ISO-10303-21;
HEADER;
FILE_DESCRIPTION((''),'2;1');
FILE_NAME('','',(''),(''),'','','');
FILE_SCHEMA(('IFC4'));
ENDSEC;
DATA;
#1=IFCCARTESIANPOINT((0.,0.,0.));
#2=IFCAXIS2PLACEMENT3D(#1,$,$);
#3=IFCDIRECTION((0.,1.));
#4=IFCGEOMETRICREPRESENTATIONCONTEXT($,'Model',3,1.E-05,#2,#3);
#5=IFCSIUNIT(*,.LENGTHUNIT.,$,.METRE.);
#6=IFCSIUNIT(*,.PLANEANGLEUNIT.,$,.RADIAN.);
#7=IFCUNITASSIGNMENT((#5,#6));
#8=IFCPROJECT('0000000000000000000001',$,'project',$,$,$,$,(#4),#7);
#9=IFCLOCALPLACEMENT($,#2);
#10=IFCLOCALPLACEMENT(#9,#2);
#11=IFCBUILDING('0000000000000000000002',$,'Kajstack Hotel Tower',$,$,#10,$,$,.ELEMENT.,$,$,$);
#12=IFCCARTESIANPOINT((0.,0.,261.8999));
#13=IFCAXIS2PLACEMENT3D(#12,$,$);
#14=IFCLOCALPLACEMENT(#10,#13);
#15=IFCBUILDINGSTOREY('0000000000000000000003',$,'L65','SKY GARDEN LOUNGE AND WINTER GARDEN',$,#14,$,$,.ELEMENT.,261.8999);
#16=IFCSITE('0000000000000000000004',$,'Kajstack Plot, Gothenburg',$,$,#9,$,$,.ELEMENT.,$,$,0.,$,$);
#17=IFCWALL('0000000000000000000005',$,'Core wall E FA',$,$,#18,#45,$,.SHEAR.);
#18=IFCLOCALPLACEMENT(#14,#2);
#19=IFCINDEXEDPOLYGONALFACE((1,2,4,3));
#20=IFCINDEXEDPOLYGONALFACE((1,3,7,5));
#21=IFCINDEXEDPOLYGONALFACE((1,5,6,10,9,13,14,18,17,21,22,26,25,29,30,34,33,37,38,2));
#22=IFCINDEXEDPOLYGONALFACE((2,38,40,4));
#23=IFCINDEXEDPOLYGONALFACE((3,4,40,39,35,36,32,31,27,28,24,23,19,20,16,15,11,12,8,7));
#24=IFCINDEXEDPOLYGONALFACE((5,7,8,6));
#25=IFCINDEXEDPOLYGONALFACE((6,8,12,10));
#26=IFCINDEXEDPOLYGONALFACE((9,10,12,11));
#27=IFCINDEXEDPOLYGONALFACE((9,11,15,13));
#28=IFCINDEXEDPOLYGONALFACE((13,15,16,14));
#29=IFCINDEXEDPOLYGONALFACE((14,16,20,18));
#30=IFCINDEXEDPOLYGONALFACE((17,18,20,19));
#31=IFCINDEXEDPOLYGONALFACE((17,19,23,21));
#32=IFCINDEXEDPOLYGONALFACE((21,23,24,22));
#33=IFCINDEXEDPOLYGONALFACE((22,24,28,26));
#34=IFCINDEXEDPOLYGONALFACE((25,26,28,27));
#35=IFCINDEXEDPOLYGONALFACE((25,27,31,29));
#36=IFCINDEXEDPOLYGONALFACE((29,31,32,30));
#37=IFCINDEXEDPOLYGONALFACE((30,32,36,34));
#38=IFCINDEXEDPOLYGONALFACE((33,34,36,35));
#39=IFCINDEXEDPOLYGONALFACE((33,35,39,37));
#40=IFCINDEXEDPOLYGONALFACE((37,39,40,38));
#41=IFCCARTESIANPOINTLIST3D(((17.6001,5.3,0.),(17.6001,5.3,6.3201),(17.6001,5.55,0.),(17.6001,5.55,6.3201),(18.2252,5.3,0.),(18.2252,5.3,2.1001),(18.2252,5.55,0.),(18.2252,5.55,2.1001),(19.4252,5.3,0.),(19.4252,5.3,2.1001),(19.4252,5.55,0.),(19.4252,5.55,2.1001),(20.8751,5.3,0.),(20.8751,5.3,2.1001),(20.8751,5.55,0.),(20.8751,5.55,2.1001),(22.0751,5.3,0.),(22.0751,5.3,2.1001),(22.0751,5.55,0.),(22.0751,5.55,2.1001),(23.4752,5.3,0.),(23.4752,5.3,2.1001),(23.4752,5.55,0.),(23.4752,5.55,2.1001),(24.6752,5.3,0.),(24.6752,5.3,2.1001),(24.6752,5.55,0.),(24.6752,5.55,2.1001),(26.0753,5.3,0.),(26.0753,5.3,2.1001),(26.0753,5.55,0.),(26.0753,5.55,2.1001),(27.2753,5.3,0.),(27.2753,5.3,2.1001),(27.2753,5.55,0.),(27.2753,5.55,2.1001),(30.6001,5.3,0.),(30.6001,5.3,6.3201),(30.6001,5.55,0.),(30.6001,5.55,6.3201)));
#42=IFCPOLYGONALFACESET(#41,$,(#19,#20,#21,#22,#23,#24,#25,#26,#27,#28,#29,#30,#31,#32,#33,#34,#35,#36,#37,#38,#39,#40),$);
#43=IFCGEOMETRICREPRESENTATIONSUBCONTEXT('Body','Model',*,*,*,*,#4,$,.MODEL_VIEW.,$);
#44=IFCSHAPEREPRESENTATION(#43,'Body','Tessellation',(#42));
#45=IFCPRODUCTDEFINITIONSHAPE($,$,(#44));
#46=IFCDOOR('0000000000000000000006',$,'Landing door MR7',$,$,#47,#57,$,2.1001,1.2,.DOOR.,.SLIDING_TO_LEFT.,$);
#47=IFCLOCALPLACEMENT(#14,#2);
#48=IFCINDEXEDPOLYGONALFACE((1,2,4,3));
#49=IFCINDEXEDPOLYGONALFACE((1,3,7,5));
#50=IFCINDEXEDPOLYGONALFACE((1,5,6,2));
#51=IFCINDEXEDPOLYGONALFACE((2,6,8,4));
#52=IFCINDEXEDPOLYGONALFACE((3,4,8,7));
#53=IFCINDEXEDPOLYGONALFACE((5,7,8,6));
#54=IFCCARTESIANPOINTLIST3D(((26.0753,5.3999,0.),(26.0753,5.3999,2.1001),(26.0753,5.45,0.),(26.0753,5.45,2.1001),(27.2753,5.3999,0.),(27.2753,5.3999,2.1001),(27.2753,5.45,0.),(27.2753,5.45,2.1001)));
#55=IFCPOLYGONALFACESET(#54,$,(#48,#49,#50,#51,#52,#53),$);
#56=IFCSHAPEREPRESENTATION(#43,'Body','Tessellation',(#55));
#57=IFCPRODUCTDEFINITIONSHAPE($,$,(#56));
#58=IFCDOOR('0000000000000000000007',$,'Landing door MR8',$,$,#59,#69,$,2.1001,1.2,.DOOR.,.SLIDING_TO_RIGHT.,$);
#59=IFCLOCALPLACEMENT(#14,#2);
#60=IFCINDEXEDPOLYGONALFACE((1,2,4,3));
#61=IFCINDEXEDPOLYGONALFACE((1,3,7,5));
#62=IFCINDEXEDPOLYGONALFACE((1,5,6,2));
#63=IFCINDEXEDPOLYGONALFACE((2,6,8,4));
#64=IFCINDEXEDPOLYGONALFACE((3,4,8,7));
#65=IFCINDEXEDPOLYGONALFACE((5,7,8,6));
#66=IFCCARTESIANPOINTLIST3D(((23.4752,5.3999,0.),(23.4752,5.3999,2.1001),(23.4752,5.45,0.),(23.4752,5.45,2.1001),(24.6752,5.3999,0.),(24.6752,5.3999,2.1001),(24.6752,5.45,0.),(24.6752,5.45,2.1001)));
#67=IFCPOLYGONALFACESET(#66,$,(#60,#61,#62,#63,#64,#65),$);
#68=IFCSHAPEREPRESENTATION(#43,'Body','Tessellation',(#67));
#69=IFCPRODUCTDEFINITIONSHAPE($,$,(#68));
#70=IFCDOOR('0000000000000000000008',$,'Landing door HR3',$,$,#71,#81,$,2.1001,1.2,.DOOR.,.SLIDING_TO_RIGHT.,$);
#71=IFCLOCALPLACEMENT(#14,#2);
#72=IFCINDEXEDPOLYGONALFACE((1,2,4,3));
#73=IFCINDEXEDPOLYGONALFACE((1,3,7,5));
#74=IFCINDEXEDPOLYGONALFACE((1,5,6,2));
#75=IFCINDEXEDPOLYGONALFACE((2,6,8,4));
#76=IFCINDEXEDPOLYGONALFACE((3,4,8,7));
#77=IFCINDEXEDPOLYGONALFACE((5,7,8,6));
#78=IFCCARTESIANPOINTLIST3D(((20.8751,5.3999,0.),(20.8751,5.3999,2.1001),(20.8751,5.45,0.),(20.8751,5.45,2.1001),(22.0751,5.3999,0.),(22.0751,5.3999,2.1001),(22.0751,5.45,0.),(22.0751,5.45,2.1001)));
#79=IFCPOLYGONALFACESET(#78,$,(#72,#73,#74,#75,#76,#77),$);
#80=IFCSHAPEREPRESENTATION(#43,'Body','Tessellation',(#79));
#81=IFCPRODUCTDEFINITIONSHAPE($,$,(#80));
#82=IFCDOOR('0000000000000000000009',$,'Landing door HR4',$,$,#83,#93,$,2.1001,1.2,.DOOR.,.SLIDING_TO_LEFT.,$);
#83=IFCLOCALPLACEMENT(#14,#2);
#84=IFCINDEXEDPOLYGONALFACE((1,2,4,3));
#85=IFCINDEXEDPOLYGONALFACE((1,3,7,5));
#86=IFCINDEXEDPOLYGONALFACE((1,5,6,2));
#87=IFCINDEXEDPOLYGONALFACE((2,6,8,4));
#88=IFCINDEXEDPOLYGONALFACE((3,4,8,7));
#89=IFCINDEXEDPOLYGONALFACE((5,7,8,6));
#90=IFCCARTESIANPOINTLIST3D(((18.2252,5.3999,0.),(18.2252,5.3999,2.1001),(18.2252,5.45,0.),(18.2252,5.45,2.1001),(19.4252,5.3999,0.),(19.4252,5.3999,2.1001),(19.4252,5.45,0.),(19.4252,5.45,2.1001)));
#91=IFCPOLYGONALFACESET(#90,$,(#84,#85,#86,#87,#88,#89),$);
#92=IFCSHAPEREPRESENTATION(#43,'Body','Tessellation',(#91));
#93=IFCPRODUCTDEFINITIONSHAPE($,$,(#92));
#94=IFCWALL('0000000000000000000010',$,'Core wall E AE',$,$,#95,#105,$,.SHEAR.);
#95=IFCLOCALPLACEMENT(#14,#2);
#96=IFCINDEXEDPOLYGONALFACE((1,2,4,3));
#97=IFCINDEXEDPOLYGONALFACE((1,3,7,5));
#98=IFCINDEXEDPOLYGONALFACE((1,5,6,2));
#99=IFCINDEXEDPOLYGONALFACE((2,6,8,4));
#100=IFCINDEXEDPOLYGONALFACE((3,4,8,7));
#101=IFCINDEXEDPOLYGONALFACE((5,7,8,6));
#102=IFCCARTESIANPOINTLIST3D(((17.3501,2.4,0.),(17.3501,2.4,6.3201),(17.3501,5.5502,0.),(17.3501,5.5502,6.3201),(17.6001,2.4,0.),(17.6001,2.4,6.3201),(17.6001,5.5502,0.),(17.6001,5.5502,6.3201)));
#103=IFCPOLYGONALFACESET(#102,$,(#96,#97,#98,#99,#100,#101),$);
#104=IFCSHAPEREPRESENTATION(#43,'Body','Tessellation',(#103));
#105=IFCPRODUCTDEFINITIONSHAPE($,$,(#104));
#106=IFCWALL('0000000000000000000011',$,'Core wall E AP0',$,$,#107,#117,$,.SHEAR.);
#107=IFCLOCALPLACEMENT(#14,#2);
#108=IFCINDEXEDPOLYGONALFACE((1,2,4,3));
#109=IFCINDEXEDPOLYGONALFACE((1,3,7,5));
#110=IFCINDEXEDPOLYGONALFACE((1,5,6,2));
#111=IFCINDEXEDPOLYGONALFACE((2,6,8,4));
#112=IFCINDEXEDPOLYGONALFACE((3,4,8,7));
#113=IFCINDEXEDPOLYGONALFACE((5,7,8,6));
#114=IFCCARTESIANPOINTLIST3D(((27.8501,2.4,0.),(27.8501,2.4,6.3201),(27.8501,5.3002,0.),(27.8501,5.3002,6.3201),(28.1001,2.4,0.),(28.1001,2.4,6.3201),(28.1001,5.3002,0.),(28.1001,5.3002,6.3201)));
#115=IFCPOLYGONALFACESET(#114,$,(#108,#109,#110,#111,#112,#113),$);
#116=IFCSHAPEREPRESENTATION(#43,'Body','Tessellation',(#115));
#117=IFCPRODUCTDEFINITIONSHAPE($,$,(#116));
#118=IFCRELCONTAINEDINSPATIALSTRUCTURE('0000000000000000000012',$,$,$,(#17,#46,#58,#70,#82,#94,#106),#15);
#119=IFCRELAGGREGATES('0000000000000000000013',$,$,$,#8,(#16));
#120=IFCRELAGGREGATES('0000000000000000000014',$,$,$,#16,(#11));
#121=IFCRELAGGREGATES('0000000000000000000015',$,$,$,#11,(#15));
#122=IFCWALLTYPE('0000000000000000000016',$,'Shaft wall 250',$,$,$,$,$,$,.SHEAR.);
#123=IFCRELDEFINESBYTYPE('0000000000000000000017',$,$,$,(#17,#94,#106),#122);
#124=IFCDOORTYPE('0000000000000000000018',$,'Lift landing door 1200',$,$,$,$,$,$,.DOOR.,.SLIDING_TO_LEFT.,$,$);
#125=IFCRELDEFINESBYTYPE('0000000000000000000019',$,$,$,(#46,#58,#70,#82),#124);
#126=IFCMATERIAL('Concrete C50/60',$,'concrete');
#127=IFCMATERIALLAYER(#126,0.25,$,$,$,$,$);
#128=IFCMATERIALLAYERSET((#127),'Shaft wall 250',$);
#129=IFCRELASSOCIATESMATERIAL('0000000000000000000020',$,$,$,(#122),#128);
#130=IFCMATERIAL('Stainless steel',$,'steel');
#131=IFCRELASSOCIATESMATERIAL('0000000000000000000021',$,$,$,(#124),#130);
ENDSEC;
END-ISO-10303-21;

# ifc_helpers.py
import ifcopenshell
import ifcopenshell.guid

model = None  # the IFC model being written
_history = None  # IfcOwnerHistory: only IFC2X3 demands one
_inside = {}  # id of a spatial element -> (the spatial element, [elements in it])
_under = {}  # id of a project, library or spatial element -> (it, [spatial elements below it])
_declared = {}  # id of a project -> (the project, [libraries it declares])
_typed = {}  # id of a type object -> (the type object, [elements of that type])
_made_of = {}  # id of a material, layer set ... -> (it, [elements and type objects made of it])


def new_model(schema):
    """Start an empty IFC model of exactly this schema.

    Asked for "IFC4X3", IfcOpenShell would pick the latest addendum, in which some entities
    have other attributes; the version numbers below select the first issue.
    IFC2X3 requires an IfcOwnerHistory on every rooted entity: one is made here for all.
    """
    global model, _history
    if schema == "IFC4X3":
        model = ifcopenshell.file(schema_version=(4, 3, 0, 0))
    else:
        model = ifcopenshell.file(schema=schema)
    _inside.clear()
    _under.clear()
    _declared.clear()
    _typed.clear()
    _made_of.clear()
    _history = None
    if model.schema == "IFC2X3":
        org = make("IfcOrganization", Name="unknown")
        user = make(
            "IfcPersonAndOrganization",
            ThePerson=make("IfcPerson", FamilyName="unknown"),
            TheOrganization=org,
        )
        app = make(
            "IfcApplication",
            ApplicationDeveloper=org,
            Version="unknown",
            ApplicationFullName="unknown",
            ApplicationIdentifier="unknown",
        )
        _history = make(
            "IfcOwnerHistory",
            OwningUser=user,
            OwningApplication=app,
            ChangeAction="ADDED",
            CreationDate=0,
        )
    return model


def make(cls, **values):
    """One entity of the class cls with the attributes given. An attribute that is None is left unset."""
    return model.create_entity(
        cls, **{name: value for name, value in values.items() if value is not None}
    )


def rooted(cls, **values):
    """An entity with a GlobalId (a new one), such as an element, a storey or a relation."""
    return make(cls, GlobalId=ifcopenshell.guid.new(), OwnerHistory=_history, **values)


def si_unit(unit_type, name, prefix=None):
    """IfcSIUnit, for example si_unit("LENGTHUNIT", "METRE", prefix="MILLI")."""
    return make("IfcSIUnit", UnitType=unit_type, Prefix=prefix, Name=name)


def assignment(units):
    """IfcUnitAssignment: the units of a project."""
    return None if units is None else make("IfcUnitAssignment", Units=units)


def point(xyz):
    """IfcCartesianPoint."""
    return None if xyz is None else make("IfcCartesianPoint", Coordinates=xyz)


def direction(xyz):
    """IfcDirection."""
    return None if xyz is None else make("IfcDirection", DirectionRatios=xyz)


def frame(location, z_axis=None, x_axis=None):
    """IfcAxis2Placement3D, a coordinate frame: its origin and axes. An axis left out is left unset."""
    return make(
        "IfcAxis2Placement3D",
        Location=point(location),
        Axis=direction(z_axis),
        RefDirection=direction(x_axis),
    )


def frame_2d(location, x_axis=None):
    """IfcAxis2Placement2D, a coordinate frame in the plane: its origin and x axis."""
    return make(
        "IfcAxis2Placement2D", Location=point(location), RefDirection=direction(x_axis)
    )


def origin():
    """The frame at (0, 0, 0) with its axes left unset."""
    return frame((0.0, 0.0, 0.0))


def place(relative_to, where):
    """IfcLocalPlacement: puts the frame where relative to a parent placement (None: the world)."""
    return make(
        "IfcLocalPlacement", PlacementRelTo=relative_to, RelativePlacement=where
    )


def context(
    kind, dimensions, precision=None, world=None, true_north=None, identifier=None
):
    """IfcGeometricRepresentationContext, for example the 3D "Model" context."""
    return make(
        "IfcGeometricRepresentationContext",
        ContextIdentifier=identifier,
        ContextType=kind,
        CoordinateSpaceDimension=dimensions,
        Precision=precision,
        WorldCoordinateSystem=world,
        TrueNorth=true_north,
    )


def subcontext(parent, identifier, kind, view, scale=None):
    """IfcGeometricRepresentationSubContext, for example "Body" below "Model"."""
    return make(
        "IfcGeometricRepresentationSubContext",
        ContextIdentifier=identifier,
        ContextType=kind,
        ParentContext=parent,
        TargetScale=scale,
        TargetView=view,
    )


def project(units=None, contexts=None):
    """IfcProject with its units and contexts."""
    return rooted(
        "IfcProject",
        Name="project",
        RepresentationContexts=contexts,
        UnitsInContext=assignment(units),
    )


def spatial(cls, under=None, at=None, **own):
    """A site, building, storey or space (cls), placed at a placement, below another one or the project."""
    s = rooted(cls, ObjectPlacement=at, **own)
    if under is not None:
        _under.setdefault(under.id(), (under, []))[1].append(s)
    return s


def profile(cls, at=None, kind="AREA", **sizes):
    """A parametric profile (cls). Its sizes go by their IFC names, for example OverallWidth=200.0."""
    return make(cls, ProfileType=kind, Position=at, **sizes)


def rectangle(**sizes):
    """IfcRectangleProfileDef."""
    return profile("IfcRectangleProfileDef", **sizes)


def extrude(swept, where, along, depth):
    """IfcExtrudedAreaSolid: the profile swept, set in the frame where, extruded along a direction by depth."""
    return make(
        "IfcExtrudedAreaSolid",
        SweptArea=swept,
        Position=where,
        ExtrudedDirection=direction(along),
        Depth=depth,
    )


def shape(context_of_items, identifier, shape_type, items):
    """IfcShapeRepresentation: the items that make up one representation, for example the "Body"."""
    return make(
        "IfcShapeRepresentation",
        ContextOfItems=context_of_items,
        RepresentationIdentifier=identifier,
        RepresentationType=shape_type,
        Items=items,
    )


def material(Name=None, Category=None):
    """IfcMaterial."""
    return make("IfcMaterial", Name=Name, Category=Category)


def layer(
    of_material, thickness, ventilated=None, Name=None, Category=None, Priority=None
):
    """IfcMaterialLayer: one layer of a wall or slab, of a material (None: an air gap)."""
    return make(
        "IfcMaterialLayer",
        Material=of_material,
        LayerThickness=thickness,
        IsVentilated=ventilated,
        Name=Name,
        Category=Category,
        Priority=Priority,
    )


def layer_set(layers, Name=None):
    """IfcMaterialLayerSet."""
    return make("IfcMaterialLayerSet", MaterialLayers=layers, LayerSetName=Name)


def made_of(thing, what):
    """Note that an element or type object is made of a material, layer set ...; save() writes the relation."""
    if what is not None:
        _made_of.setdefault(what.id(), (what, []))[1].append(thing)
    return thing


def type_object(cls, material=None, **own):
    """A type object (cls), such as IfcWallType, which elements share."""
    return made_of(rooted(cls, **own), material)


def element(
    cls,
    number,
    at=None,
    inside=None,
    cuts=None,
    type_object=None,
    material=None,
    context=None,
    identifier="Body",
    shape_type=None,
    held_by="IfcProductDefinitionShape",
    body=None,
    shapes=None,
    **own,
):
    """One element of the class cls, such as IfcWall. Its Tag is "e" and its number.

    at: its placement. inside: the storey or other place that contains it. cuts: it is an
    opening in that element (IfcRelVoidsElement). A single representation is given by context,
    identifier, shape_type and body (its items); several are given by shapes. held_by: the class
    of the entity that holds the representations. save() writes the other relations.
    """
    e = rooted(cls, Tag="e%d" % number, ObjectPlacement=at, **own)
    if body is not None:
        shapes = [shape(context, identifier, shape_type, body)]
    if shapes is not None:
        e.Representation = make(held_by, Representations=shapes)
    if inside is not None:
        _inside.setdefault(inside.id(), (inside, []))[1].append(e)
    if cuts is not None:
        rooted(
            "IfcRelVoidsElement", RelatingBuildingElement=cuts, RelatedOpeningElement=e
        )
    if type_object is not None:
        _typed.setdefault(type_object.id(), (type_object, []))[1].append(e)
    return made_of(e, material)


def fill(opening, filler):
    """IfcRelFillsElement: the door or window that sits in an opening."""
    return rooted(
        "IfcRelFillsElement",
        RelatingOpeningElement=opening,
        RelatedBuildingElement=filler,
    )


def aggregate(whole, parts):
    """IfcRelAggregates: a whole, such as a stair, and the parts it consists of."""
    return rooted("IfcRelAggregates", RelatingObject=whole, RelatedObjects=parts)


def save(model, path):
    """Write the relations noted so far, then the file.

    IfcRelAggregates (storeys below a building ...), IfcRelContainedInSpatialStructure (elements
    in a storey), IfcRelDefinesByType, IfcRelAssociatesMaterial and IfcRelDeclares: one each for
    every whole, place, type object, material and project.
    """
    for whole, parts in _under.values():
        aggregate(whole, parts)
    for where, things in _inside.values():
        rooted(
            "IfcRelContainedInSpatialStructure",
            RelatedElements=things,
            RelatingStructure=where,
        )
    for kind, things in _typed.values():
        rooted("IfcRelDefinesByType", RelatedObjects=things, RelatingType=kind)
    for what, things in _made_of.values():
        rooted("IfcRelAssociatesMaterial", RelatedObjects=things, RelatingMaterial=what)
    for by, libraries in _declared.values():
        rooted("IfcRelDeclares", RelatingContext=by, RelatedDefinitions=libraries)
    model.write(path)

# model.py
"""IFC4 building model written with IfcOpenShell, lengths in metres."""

from ifc_helpers import new_model, si_unit, direction, frame, frame_2d, origin, place, context, subcontext, project, spatial, rectangle, extrude, material, layer, layer_set, type_object, element, fill, save


model = new_model("IFC4")

# Units and contexts
model_context = context("Model", 3, precision=1e-05, world=origin(), true_north=direction((0.0, 1.0)))
body_context = subcontext(model_context, "Body", "Model", "MODEL_VIEW")
ifc_project = project(units=[si_unit("LENGTHUNIT", "METRE"), si_unit("PLANEANGLEUNIT", "RADIAN")], contexts=[model_context])

# Site, building, storey
site_placement = place(None, origin())
site = spatial("IfcSite", under=ifc_project, at=site_placement, Name="Kajstack Plot, Gothenburg", CompositionType="ELEMENT", RefElevation=0.0)
building_placement = place(site_placement, origin())
building = spatial("IfcBuilding", under=site, at=building_placement, Name="Kajstack Hotel Tower", CompositionType="ELEMENT")
storey_placement = place(building_placement, frame((0.0, 0.0, 261.8999)))
storey = spatial("IfcBuildingStorey", under=building, at=storey_placement, Name="L65", Description="SKY GARDEN LOUNGE AND WINTER GARDEN", CompositionType="ELEMENT", Elevation=261.8999)

# Shared definitions
ifc_material_1 = material(Name="Concrete C50/60", Category="concrete")

# Wall, openings, doors
ifc_layer_1 = layer(ifc_material_1, 0.25)
ifc_layer_set_1 = layer_set([ifc_layer_1], Name="Shaft wall 250")
wall_type_1 = type_object("IfcWallType", Name="Shaft wall 250", PredefinedType="SHEAR", material=ifc_layer_set_1)
wall_1_placement = place(storey_placement, frame((17.6001, 5.425, 0.0), z_axis=(0.0, 0.0, 1.0), x_axis=(1.0, 0.0, 0.0)))
wall_1 = element("IfcWall", 1, at=wall_1_placement, inside=storey, type_object=wall_type_1, Name="Core wall E FA", PredefinedType="SHEAR", context=body_context, shape_type="SweptSolid", body=[
    extrude(rectangle(XDim=13.0, YDim=0.25, at=frame_2d((6.5, 0.0))), origin(), (0.0, 0.0, 1.0), 6.3201),
])
opening_1_placement = place(wall_1_placement, frame((8.4751, 0.0, 0.0)))
opening_1 = element("IfcOpeningElement", 2, at=opening_1_placement, cuts=wall_1, PredefinedType="OPENING", context=body_context, shape_type="SweptSolid", body=[
    extrude(rectangle(XDim=1.2, YDim=2.1001, at=frame_2d((0.6001, 1.05))), frame((0.0, 0.135, 0.0), z_axis=(0.0, -1.0, 0.0), x_axis=(1.0, 0.0, 0.0)), (0.0, 0.0, 1.0), 0.27),
])
opening_2_placement = place(wall_1_placement, frame((5.875, 0.0, 0.0)))
opening_2 = element("IfcOpeningElement", 3, at=opening_2_placement, cuts=wall_1, PredefinedType="OPENING", context=body_context, shape_type="SweptSolid", body=[
    extrude(rectangle(XDim=1.2, YDim=2.1001, at=frame_2d((0.6001, 1.05))), frame((0.0, 0.135, 0.0), z_axis=(0.0, -1.0, 0.0), x_axis=(1.0, 0.0, 0.0)), (0.0, 0.0, 1.0), 0.27),
])
opening_3_placement = place(wall_1_placement, frame((3.2749, 0.0, 0.0)))
opening_3 = element("IfcOpeningElement", 4, at=opening_3_placement, cuts=wall_1, PredefinedType="OPENING", context=body_context, shape_type="SweptSolid", body=[
    extrude(rectangle(XDim=1.2, YDim=2.1001, at=frame_2d((0.6001, 1.05))), frame((0.0, 0.135, 0.0), z_axis=(0.0, -1.0, 0.0), x_axis=(1.0, 0.0, 0.0)), (0.0, 0.0, 1.0), 0.27),
])
opening_4_placement = place(wall_1_placement, frame((0.625, 0.0, 0.0)))
opening_4 = element("IfcOpeningElement", 5, at=opening_4_placement, cuts=wall_1, PredefinedType="OPENING", context=body_context, shape_type="SweptSolid", body=[
    extrude(rectangle(XDim=1.2, YDim=2.1001, at=frame_2d((0.6001, 1.05))), frame((0.0, 0.135, 0.0), z_axis=(0.0, -1.0, 0.0), x_axis=(1.0, 0.0, 0.0)), (0.0, 0.0, 1.0), 0.27),
])
ifc_material_2 = material(Name="Stainless steel", Category="steel")
door_type_1 = type_object("IfcDoorType", Name="Lift landing door 1200", OperationType="SLIDING_TO_LEFT", PredefinedType="DOOR", material=ifc_material_2)
door_1_placement = place(opening_1_placement, origin())
door_1 = element("IfcDoor", 6, at=door_1_placement, inside=storey, type_object=door_type_1, Name="Landing door MR7", OperationType="SLIDING_TO_LEFT", OverallHeight=2.1001, OverallWidth=1.2, PredefinedType="DOOR", context=body_context, shape_type="SweptSolid", body=[
    extrude(rectangle(XDim=1.2, YDim=2.1001, at=frame_2d((0.6001, 1.05))), frame((0.0, 0.0249, 0.0), z_axis=(0.0, -1.0, 0.0), x_axis=(1.0, 0.0, 0.0)), (0.0, 0.0, 1.0), 0.05),
])
fill(opening_1, door_1)
door_2_placement = place(opening_2_placement, origin())
door_2 = element("IfcDoor", 7, at=door_2_placement, inside=storey, type_object=door_type_1, Name="Landing door MR8", OperationType="SLIDING_TO_RIGHT", OverallHeight=2.1001, OverallWidth=1.2, PredefinedType="DOOR", context=body_context, shape_type="SweptSolid", body=[
    extrude(rectangle(XDim=1.2, YDim=2.1001, at=frame_2d((0.6001, 1.05))), frame((0.0, 0.0249, 0.0), z_axis=(0.0, -1.0, 0.0), x_axis=(1.0, 0.0, 0.0)), (0.0, 0.0, 1.0), 0.05),
])
fill(opening_2, door_2)
door_3_placement = place(opening_3_placement, origin())
door_3 = element("IfcDoor", 8, at=door_3_placement, inside=storey, type_object=door_type_1, Name="Landing door HR3", OperationType="SLIDING_TO_RIGHT", OverallHeight=2.1001, OverallWidth=1.2, PredefinedType="DOOR", context=body_context, shape_type="SweptSolid", body=[
    extrude(rectangle(XDim=1.2, YDim=2.1001, at=frame_2d((0.6001, 1.05))), frame((0.0, 0.0249, 0.0), z_axis=(0.0, -1.0, 0.0), x_axis=(1.0, 0.0, 0.0)), (0.0, 0.0, 1.0), 0.05),
])
fill(opening_3, door_3)
door_4_placement = place(opening_4_placement, origin())
door_4 = element("IfcDoor", 9, at=door_4_placement, inside=storey, type_object=door_type_1, Name="Landing door HR4", OperationType="SLIDING_TO_LEFT", OverallHeight=2.1001, OverallWidth=1.2, PredefinedType="DOOR", context=body_context, shape_type="SweptSolid", body=[
    extrude(rectangle(XDim=1.2, YDim=2.1001, at=frame_2d((0.6001, 1.05))), frame((0.0, 0.0249, 0.0), z_axis=(0.0, -1.0, 0.0), x_axis=(1.0, 0.0, 0.0)), (0.0, 0.0, 1.0), 0.05),
])
fill(opening_4, door_4)

# Walls
wall_2_placement = place(storey_placement, frame((17.4751, 2.3999, 0.0), z_axis=(0.0, 0.0, 1.0), x_axis=(0.0, 1.0, 0.0)))
element("IfcWall", 10, at=wall_2_placement, inside=storey, type_object=wall_type_1, Name="Core wall E AE", PredefinedType="SHEAR", context=body_context, shape_type="SweptSolid", body=[
    extrude(rectangle(XDim=3.1501, YDim=0.25, at=frame_2d((1.5752, 0.0))), origin(), (0.0, 0.0, 1.0), 6.3201),
])
wall_3_placement = place(storey_placement, frame((27.9751, 2.3999, 0.0), z_axis=(0.0, 0.0, 1.0), x_axis=(0.0, 1.0, 0.0)))
element("IfcWall", 11, at=wall_3_placement, inside=storey, type_object=wall_type_1, Name="Core wall E AP0", PredefinedType="SHEAR", context=body_context, shape_type="SweptSolid", body=[
    extrude(rectangle(XDim=2.9001, YDim=0.25, at=frame_2d((1.4502, 0.0))), origin(), (0.0, 0.0, 1.0), 6.3201),
])

save(model, "model.ifc")
